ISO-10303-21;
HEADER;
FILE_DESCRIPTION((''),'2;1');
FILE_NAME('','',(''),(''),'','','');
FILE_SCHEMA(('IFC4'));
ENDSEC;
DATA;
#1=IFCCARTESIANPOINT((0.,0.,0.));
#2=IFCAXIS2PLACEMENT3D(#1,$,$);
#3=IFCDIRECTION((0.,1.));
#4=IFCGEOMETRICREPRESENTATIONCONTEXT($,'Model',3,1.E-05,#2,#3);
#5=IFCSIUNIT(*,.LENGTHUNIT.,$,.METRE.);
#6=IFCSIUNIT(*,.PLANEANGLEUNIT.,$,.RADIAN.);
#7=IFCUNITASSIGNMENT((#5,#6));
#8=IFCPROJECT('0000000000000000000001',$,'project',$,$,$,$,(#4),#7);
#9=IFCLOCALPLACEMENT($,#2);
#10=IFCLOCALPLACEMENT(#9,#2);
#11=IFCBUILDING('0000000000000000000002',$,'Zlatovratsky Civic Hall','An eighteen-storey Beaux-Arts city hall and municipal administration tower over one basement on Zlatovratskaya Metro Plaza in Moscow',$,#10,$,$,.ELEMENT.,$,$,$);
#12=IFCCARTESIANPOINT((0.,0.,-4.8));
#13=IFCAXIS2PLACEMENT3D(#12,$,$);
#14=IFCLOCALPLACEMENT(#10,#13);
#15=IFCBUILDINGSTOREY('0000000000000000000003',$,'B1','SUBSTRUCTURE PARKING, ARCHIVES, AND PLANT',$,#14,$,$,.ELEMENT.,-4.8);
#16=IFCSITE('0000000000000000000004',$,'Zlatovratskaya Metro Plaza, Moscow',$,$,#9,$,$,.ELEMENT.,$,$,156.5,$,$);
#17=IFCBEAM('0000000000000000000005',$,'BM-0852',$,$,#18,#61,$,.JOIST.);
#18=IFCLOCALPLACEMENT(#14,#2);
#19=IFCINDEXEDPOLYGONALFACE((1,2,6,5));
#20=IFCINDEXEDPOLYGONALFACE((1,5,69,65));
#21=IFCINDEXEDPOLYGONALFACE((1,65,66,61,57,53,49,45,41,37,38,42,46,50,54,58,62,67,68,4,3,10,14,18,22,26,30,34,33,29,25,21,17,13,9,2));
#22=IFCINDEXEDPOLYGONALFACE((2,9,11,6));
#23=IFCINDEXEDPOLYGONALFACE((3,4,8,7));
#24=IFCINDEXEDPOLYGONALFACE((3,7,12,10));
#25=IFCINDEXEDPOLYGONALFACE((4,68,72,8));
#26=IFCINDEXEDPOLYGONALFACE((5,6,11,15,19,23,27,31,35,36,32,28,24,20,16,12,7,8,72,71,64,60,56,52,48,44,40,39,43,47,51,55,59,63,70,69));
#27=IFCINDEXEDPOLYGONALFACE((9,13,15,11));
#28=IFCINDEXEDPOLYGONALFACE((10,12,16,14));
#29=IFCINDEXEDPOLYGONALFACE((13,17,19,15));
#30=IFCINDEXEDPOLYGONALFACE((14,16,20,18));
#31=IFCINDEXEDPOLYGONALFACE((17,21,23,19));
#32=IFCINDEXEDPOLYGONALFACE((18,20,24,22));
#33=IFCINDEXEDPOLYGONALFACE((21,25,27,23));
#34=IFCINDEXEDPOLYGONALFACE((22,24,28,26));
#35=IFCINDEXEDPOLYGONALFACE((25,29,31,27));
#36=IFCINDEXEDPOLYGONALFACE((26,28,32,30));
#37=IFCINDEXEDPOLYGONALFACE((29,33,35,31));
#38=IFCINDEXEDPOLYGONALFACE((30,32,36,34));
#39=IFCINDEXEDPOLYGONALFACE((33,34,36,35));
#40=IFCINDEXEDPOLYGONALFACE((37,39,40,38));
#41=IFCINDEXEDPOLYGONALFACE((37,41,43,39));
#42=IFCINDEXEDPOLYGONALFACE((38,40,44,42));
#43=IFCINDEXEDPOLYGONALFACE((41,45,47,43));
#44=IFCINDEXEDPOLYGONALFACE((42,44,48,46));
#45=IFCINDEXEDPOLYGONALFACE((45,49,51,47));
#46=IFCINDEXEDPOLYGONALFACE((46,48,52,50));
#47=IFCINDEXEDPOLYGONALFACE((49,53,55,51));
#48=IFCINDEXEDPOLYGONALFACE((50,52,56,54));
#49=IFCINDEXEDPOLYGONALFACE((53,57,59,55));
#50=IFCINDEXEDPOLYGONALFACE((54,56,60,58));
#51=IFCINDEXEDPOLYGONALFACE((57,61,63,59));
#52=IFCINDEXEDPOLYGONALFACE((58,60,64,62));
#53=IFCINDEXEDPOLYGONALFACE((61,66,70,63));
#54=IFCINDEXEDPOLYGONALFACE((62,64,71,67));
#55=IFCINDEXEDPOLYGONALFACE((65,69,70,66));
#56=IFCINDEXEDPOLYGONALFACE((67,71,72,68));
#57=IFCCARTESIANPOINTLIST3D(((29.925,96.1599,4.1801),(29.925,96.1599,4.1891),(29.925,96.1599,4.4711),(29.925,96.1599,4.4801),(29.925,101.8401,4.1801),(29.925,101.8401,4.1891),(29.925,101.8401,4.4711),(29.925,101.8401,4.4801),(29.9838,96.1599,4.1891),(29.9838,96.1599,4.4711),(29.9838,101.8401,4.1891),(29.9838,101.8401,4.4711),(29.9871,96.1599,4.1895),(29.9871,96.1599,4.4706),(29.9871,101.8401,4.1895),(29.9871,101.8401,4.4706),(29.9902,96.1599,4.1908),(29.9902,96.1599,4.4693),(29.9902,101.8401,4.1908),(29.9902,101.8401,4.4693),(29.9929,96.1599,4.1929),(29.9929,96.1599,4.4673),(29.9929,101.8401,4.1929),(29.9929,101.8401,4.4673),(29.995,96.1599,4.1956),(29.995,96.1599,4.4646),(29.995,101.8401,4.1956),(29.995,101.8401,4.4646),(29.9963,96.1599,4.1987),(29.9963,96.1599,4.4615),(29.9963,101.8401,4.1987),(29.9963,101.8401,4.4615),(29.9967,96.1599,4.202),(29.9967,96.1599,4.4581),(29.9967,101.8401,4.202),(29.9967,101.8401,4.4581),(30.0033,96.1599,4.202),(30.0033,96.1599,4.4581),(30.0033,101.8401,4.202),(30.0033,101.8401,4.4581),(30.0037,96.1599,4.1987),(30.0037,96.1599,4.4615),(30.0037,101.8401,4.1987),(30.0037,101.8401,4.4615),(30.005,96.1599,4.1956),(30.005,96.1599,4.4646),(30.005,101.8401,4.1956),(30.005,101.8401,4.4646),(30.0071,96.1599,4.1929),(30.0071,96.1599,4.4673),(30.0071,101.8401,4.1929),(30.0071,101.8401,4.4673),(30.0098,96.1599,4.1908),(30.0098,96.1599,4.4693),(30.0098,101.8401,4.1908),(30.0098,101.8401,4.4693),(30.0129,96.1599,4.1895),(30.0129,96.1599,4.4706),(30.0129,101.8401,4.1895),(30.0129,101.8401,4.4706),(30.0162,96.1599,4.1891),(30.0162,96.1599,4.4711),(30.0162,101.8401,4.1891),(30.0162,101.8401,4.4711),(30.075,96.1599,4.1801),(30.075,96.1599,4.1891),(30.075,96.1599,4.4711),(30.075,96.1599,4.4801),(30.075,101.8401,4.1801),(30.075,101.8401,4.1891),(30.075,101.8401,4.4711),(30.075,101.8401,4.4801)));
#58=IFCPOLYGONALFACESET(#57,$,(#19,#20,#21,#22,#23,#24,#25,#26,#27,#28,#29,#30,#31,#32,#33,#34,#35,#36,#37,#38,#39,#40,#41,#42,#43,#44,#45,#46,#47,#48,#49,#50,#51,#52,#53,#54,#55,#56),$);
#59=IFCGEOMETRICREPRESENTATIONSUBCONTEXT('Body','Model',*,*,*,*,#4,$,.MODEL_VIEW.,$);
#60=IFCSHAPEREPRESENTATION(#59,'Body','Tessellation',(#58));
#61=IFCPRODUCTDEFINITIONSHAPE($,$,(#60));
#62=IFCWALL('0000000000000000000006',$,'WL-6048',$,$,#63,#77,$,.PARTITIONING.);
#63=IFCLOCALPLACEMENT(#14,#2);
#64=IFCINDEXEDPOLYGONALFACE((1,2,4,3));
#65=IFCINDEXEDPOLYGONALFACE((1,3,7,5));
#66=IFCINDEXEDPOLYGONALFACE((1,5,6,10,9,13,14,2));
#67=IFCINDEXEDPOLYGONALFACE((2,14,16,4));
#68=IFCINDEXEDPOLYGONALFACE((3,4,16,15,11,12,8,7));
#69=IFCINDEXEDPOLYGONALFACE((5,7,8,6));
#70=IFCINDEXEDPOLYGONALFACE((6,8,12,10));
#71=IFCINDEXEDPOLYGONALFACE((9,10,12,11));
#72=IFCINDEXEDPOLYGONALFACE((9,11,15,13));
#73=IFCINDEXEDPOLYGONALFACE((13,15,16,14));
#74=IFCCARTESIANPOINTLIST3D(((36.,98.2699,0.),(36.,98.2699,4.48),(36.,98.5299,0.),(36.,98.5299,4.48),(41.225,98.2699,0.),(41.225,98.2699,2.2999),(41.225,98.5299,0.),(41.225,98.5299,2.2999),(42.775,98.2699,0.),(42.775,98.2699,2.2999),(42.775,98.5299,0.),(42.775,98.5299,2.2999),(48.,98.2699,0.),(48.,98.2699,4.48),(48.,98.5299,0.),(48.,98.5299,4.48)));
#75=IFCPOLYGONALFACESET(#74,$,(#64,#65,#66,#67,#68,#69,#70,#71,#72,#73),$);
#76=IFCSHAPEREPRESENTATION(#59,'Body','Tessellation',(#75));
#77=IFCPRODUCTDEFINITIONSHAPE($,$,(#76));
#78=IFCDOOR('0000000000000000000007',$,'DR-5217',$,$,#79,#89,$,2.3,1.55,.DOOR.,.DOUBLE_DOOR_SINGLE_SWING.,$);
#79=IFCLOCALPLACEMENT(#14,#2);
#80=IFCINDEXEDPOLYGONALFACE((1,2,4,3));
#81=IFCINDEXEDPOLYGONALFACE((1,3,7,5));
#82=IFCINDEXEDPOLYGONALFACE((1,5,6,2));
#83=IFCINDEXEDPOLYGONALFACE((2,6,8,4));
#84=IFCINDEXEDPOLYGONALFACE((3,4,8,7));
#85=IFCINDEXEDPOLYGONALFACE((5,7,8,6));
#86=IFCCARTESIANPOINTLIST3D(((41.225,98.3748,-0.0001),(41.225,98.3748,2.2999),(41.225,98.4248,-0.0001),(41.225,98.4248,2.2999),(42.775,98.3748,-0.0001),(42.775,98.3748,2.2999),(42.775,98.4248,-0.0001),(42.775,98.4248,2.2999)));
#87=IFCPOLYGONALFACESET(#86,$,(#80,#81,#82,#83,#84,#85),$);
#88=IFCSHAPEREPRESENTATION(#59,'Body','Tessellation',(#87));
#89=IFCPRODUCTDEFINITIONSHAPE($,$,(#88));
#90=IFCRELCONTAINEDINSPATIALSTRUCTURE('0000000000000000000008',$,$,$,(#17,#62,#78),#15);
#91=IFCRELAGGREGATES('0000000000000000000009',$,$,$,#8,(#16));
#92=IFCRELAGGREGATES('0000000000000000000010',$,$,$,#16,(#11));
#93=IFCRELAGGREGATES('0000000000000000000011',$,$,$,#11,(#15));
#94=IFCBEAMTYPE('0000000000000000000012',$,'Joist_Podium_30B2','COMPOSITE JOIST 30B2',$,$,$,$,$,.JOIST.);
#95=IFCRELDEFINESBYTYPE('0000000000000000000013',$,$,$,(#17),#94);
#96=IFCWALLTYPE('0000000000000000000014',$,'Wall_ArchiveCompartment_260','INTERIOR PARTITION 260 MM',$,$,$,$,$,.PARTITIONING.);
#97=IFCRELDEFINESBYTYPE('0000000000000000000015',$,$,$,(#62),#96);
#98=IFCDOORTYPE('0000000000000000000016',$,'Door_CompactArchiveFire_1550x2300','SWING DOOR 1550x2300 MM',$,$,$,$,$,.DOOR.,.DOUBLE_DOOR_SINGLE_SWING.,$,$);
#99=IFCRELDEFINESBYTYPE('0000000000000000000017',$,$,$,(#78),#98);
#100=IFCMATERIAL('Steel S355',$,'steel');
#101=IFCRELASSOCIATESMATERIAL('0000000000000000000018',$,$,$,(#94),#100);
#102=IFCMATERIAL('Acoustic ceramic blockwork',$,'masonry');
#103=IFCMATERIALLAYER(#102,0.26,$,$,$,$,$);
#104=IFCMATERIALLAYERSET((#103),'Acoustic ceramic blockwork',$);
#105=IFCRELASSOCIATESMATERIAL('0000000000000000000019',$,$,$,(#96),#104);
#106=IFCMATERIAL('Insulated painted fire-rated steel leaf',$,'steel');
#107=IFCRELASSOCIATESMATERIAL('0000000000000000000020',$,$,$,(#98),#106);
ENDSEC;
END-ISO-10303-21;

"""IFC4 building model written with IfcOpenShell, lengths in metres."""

from ifc_helpers import new_model, si_unit, direction, frame, frame_2d, origin, origin_2d, place, context, subcontext, project, spatial, rectangle, i_section, extrude, material, layer, layer_set, material_profile, profile_set, type_object, element, fill, save


model = new_model("IFC4")

# Units and contexts
model_context = context("Model", 3, precision=1e-05, world=origin(), true_north=direction((0.0, 1.0)))
body_context = subcontext(model_context, "Body", "Model", "MODEL_VIEW")
ifc_project = project(units=[si_unit("LENGTHUNIT", "METRE"), si_unit("PLANEANGLEUNIT", "RADIAN")], contexts=[model_context])

# Site, building, storey
site_placement = place(None, origin())
site = spatial("IfcSite", under=ifc_project, at=site_placement, Name="Zlatovratskaya Metro Plaza, Moscow", CompositionType="ELEMENT", RefElevation=156.5)
building_placement = place(site_placement, origin())
building = spatial("IfcBuilding", under=site, at=building_placement, Name="Zlatovratsky Civic Hall", Description="An eighteen-storey Beaux-Arts city hall and municipal administration tower over one basement on Zlatovratskaya Metro Plaza in Moscow", CompositionType="ELEMENT")
storey_placement = place(building_placement, frame((0.0, 0.0, -4.8)))
storey = spatial("IfcBuildingStorey", under=building, at=storey_placement, Name="B1", Description="SUBSTRUCTURE PARKING, ARCHIVES, AND PLANT", CompositionType="ELEMENT", Elevation=-4.8)

# Shared definitions
ifc_material_1 = material(Name="Steel S355", Category="steel")

# Beam
ifc_material_profile_1 = material_profile(ifc_material_1, i_section(OverallWidth=0.1499, OverallDepth=0.3, WebThickness=0.0066, FlangeThickness=0.009, FilletRadius=0.0129, at=origin_2d()), Name="30B2")
ifc_profile_set_1 = profile_set([ifc_material_profile_1], Name="Steel S355")
beam_type_1 = type_object("IfcBeamType", Name="Joist_Podium_30B2", Description="COMPOSITE JOIST 30B2", PredefinedType="JOIST", material=ifc_profile_set_1)
for number, where, z_axis, x_axis, name in (
    (1, (30.0, 96.1599, 4.3301), (0.0, 1.0, 0.0), (-1.0, 0.0, 0.0), "BM-0852"),
):
    element("IfcBeam", number, at=place(storey_placement, frame(where, z_axis=z_axis, x_axis=x_axis)), inside=storey, type_object=beam_type_1, Name=name, PredefinedType="JOIST", context=body_context, shape_type="SweptSolid", body=[
        extrude(i_section(OverallWidth=0.1499, OverallDepth=0.3, WebThickness=0.0066, FlangeThickness=0.009, FilletRadius=0.0129, at=origin_2d()), origin(), (0.0, 0.0, 1.0), 5.6802),
    ])

# Wall, opening, door
ifc_material_2 = material(Name="Acoustic ceramic blockwork", Category="masonry")
ifc_layer = layer(ifc_material_2, 0.26)
ifc_layer_set = layer_set([ifc_layer], Name="Acoustic ceramic blockwork")
wall_type = type_object("IfcWallType", Name="Wall_ArchiveCompartment_260", Description="INTERIOR PARTITION 260 MM", PredefinedType="PARTITIONING", material=ifc_layer_set)
wall_placement = place(storey_placement, frame((36.0, 98.3999, 0.0), z_axis=(0.0, 0.0, 1.0), x_axis=(1.0, 0.0, 0.0)))
wall = element("IfcWall", 2, at=wall_placement, inside=storey, type_object=wall_type, Name="WL-6048", PredefinedType="PARTITIONING", context=body_context, shape_type="SweptSolid", body=[
    extrude(rectangle(XDim=12.0, YDim=0.26, at=frame_2d((6.0, 0.0))), origin(), (0.0, 0.0, 1.0), 4.48),
])
opening_placement = place(wall_placement, frame((5.2251, 0.0, 0.0)))
opening = element("IfcOpeningElement", 3, at=opening_placement, cuts=wall, PredefinedType="OPENING", context=body_context, shape_type="SweptSolid", body=[
    extrude(rectangle(XDim=1.55, YDim=2.3, at=frame_2d((0.7749, 1.1499))), frame((0.0, 0.145, 0.0), z_axis=(0.0, -1.0, 0.0), x_axis=(1.0, 0.0, 0.0)), (0.0, 0.0, 1.0), 0.2898),
])
ifc_material_3 = material(Name="Insulated painted fire-rated steel leaf", Category="steel")
door_type = type_object("IfcDoorType", Name="Door_CompactArchiveFire_1550x2300", Description="SWING DOOR 1550x2300 MM", OperationType="DOUBLE_DOOR_SINGLE_SWING", PredefinedType="DOOR", material=ifc_material_3)
door_placement = place(opening_placement, origin())
door = element("IfcDoor", 4, at=door_placement, inside=storey, type_object=door_type, Name="DR-5217", OperationType="DOUBLE_DOOR_SINGLE_SWING", OverallHeight=2.3, OverallWidth=1.55, PredefinedType="DOOR", context=body_context, shape_type="SweptSolid", body=[
    extrude(rectangle(XDim=1.55, YDim=2.3, at=frame_2d((0.7749, 1.1499))), frame((0.0, 0.0249, 0.0), z_axis=(0.0, -1.0, 0.0), x_axis=(1.0, 0.0, 0.0)), (0.0, 0.0, 1.0), 0.05),
])
fill(opening, door)

save(model, "model.ifc")
